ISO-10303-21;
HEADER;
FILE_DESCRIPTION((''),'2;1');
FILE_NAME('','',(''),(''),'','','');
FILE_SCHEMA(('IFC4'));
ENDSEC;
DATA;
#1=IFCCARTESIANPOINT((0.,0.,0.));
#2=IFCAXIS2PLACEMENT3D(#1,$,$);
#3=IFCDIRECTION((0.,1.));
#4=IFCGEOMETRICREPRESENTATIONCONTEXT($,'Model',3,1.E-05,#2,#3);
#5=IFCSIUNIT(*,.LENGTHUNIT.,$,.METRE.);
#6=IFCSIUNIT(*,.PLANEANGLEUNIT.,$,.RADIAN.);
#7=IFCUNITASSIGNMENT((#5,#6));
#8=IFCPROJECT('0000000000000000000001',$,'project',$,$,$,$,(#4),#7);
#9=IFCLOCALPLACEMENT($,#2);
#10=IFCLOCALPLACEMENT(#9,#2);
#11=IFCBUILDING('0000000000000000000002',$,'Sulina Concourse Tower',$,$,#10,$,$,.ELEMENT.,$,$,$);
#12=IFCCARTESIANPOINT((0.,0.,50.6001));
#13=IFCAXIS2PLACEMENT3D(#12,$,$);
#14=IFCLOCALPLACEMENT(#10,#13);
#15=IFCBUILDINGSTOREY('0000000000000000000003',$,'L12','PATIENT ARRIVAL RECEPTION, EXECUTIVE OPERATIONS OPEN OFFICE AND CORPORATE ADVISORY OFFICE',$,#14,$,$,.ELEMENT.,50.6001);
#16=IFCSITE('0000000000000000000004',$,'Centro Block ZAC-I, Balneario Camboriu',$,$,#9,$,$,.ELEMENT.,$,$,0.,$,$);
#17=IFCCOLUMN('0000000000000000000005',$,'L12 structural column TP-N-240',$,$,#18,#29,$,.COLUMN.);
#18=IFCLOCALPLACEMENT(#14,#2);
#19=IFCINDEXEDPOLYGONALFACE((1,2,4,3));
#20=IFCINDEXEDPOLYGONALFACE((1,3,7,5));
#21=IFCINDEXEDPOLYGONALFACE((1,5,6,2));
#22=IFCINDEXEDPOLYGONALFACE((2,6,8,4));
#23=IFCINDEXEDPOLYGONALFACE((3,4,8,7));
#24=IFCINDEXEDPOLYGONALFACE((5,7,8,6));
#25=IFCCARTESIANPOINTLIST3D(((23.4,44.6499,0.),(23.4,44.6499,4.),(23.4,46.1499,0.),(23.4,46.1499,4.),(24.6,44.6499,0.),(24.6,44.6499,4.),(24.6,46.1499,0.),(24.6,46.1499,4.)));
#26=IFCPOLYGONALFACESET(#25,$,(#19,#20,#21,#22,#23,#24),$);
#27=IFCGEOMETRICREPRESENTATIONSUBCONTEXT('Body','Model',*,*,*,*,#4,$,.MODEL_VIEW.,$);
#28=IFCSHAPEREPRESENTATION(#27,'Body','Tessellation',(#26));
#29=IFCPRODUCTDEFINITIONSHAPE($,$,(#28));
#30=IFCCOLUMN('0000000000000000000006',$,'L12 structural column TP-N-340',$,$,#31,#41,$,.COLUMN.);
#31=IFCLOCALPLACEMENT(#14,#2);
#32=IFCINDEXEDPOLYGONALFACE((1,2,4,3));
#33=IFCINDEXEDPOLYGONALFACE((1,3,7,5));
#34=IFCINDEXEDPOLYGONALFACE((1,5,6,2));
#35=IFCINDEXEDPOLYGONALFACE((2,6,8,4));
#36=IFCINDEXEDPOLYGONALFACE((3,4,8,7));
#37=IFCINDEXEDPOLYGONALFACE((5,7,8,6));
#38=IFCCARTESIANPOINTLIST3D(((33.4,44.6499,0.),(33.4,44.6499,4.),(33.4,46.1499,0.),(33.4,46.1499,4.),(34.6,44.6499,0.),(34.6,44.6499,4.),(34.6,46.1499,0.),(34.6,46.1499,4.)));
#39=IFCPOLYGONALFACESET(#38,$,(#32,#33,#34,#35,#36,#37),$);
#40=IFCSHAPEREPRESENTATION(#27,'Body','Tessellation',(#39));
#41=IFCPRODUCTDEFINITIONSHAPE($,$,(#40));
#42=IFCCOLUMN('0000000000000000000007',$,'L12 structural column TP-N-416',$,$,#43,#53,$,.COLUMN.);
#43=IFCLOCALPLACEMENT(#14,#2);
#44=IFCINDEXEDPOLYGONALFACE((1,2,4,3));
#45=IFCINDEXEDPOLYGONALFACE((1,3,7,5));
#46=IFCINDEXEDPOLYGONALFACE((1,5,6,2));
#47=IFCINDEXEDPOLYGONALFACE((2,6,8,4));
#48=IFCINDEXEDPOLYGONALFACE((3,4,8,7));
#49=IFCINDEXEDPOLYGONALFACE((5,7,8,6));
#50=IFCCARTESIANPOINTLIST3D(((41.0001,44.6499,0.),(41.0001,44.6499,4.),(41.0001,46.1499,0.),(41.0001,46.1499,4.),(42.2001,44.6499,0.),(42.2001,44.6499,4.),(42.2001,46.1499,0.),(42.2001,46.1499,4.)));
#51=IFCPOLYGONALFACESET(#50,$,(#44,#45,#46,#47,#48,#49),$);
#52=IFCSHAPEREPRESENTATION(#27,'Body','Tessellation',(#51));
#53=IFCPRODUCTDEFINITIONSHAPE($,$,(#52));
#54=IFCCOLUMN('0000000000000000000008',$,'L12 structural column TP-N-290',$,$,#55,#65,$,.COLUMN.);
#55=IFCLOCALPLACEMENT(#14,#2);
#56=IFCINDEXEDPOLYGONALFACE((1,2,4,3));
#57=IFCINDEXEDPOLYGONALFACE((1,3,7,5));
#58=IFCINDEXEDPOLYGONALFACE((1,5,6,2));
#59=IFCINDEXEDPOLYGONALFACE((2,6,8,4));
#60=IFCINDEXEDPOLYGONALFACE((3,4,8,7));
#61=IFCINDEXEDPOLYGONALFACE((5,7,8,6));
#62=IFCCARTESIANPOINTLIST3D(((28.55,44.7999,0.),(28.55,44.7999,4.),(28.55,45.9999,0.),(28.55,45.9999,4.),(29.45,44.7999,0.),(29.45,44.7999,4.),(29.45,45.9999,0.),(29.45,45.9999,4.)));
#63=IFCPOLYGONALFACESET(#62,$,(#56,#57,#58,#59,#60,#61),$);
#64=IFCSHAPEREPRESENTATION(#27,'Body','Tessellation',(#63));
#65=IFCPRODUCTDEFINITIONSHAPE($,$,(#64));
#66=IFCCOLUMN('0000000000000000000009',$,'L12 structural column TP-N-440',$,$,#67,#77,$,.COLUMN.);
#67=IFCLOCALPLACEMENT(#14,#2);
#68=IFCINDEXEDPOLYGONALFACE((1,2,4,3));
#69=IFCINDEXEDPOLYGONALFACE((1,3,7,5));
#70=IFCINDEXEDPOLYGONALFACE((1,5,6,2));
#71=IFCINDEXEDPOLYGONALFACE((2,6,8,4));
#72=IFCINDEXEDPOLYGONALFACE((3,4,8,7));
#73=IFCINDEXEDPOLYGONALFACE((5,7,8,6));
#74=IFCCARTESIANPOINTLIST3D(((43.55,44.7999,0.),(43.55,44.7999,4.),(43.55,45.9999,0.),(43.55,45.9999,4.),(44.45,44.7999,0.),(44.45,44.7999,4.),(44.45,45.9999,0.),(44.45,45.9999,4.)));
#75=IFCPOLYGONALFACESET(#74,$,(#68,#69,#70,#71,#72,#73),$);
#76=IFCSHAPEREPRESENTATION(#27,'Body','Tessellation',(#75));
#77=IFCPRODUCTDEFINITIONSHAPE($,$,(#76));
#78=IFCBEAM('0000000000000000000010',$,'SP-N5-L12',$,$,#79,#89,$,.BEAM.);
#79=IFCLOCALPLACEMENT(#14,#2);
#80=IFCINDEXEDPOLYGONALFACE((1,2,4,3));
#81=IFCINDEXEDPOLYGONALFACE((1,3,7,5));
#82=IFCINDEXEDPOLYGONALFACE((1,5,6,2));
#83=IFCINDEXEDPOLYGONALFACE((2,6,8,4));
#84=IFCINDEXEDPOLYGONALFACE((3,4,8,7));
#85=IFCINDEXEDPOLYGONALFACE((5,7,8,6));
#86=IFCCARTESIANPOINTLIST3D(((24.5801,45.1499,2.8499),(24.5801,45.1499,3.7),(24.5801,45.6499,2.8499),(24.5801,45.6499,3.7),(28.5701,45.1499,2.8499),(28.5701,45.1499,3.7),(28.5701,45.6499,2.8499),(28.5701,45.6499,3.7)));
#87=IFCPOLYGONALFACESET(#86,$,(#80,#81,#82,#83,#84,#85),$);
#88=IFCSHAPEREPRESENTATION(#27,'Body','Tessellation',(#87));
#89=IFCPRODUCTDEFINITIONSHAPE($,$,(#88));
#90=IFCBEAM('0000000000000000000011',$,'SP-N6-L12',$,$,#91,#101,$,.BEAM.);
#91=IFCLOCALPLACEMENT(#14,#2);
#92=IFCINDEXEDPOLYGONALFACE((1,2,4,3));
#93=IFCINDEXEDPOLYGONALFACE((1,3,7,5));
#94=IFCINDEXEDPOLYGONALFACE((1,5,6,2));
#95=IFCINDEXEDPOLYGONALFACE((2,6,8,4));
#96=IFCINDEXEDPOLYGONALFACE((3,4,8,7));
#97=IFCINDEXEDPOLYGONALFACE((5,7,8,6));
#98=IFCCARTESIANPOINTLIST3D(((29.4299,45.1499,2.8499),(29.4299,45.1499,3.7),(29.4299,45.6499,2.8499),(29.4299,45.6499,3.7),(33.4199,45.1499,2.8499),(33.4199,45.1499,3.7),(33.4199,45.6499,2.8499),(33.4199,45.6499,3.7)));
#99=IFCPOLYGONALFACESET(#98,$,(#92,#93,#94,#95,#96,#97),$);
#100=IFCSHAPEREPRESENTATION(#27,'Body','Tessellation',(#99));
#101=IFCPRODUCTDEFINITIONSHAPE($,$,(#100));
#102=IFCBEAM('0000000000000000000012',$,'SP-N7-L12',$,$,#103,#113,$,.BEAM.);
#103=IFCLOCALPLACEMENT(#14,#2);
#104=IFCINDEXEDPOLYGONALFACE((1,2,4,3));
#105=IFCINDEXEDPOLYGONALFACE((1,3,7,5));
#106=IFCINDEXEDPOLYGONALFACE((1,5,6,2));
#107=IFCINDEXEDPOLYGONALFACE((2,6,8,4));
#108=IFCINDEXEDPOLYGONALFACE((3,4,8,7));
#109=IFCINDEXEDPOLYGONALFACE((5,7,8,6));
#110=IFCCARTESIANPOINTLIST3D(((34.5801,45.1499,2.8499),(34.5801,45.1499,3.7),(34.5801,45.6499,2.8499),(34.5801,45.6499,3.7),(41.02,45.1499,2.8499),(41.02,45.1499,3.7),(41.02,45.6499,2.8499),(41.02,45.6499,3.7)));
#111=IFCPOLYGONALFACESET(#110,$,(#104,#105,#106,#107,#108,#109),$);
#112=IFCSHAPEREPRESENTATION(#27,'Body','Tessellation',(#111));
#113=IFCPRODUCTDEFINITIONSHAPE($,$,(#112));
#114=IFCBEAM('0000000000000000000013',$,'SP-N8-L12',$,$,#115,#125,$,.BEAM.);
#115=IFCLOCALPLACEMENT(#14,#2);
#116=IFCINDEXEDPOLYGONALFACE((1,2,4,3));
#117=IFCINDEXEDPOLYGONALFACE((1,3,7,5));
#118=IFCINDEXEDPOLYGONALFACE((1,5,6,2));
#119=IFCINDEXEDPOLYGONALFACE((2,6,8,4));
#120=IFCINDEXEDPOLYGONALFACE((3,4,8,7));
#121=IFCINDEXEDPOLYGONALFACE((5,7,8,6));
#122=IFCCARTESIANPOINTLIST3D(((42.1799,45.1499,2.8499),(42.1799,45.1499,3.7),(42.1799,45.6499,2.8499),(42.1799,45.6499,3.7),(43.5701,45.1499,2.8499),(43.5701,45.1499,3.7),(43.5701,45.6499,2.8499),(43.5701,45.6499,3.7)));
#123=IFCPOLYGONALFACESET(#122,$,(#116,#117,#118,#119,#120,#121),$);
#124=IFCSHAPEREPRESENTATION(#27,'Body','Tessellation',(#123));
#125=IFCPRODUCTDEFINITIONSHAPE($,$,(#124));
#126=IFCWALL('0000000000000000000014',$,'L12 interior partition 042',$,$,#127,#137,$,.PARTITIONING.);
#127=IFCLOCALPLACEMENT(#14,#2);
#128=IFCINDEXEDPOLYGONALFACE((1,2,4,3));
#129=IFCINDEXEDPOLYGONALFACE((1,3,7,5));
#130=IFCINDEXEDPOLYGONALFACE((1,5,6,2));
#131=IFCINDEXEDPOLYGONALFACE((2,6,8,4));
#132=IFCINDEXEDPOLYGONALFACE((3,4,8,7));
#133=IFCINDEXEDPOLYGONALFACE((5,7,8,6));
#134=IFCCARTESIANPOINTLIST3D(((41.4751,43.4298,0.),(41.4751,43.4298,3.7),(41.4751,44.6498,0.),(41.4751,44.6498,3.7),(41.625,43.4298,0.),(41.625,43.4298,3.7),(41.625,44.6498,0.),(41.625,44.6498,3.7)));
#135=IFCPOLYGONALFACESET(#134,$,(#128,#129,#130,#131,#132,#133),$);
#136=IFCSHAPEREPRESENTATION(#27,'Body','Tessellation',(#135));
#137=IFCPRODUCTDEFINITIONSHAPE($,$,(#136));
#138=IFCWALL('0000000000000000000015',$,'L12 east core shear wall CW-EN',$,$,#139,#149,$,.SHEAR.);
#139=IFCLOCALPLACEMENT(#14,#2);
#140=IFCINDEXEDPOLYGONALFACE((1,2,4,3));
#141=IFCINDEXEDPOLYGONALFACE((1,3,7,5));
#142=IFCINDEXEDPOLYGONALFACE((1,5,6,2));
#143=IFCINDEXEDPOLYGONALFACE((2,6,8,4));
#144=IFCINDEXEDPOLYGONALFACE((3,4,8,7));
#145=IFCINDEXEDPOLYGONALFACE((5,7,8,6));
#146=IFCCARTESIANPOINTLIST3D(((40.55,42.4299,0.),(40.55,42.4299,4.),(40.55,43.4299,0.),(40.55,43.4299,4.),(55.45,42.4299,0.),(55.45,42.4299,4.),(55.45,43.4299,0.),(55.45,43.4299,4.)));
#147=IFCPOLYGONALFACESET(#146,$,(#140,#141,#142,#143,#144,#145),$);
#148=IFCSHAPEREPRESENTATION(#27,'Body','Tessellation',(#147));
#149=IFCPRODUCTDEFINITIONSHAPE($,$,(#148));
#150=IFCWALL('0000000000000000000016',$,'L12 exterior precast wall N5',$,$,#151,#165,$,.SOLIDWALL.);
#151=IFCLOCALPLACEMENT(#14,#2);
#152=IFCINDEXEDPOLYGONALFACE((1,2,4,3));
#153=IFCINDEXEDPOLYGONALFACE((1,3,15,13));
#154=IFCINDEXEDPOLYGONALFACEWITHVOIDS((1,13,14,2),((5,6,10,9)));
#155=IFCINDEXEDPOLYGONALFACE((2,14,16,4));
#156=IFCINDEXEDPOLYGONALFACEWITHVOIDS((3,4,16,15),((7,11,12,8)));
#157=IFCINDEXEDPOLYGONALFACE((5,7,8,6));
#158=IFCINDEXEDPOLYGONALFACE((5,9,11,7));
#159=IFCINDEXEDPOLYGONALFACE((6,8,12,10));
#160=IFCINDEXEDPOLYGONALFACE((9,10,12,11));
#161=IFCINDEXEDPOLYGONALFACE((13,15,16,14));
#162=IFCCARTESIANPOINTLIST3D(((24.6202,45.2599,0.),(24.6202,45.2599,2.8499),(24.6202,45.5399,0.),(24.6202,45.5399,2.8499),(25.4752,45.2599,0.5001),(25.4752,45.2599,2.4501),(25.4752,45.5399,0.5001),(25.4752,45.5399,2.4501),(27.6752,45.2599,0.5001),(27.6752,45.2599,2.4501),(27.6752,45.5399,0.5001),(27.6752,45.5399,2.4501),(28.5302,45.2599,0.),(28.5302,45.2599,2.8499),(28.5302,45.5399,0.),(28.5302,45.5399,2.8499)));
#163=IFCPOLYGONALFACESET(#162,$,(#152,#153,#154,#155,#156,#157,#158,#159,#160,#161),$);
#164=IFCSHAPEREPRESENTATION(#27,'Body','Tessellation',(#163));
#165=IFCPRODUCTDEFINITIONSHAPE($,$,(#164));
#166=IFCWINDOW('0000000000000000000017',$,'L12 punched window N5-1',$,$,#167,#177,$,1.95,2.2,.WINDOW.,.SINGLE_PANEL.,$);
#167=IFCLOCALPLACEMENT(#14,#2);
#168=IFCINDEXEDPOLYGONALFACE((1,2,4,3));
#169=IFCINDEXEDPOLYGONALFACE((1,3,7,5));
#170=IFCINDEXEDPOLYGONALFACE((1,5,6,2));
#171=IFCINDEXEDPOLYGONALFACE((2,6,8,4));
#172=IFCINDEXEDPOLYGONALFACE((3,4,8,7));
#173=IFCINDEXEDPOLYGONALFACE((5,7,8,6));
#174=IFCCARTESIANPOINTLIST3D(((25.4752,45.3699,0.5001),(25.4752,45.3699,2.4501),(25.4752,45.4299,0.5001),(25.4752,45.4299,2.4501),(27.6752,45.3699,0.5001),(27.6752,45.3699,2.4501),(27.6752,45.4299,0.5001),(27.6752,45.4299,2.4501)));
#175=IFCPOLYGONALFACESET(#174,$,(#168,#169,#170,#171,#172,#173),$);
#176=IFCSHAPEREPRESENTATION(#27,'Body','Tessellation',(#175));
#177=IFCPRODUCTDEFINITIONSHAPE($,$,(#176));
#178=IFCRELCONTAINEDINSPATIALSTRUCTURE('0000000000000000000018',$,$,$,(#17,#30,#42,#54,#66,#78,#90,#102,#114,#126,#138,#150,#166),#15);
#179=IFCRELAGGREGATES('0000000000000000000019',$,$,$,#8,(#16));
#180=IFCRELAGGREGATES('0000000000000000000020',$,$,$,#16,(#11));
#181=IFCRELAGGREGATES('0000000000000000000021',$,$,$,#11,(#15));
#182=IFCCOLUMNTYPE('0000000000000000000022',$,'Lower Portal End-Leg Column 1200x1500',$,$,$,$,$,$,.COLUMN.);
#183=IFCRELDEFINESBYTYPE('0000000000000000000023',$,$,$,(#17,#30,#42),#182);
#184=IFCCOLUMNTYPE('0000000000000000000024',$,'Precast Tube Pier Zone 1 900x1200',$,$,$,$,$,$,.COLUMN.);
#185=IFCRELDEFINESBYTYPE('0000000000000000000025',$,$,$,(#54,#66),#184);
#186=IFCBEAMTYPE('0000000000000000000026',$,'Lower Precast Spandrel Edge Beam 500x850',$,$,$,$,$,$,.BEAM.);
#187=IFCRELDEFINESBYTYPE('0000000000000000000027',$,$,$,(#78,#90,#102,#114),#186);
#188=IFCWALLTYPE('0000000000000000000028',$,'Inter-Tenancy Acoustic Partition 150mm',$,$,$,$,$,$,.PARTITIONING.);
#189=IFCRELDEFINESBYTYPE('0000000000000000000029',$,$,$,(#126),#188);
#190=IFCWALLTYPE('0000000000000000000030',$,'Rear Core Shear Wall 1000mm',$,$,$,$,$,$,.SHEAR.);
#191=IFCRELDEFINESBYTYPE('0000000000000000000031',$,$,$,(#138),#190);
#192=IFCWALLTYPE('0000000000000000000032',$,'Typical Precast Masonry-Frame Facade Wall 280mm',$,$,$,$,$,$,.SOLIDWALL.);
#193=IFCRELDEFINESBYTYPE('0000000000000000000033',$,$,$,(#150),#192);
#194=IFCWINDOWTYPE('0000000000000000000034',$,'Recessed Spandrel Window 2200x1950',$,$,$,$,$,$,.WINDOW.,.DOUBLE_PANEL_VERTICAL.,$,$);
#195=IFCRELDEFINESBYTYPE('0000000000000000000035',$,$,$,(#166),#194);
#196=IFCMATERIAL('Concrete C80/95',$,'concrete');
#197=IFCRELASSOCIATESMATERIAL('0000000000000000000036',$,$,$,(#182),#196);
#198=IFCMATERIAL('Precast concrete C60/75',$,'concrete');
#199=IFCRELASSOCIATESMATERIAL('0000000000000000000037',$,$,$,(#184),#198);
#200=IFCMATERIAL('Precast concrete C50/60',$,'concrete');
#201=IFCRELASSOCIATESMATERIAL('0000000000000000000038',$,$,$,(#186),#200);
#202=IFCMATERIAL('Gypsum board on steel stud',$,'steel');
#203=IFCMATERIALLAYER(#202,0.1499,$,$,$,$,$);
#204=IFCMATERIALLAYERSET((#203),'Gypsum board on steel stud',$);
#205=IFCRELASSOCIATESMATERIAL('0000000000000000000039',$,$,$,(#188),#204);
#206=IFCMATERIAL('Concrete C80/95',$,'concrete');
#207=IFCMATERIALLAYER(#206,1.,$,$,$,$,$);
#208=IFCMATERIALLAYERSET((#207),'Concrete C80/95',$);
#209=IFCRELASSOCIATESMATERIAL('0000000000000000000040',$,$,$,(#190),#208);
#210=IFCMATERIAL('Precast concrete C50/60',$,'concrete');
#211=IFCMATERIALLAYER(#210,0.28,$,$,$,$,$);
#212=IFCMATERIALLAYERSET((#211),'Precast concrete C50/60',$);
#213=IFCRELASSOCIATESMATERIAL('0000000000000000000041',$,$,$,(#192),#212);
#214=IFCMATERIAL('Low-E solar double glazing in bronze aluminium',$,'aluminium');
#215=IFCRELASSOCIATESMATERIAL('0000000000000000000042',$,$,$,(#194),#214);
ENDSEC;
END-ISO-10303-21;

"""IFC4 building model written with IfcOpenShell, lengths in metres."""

from ifc_helpers import new_model, si_unit, direction, frame, frame_2d, origin, origin_2d, place, context, subcontext, project, spatial, rectangle, extrude, material, layer, layer_set, material_profile, profile_set, type_object, element, fill, save


model = new_model("IFC4")

# Units and contexts
model_context = context("Model", 3, precision=1e-05, world=origin(), true_north=direction((0.0, 1.0)))
body_context = subcontext(model_context, "Body", "Model", "MODEL_VIEW")
ifc_project = project(units=[si_unit("LENGTHUNIT", "METRE"), si_unit("PLANEANGLEUNIT", "RADIAN")], contexts=[model_context])

# Site, building, storey
site_placement = place(None, origin())
site = spatial("IfcSite", under=ifc_project, at=site_placement, Name="Centro Block ZAC-I, Balneario Camboriu", CompositionType="ELEMENT", RefElevation=0.0)
building_placement = place(site_placement, origin())
building = spatial("IfcBuilding", under=site, at=building_placement, Name="Sulina Concourse Tower", CompositionType="ELEMENT")
storey_placement = place(building_placement, frame((0.0, 0.0, 50.6001)))
storey = spatial("IfcBuildingStorey", under=building, at=storey_placement, Name="L12", Description="PATIENT ARRIVAL RECEPTION, EXECUTIVE OPERATIONS OPEN OFFICE AND CORPORATE ADVISORY OFFICE", CompositionType="ELEMENT", Elevation=50.6001)

# Columns
ifc_material_1 = material(Name="Concrete C80/95", Category="concrete")
ifc_material_profile_1 = material_profile(ifc_material_1, rectangle(XDim=1.2, YDim=1.5, at=origin_2d()), Name="RC 1200x1500")
ifc_profile_set_1 = profile_set([ifc_material_profile_1], Name="Concrete C80/95")
column_type_1 = type_object("IfcColumnType", Name="Lower Portal End-Leg Column 1200x1500", PredefinedType="COLUMN", material=ifc_profile_set_1)
for number, where, z_axis, x_axis, name in (
    (1, (24.0, 45.3999, 0.0), (0.0, 0.0, 1.0), (1.0, 0.0, 0.0), "L12 structural column TP-N-240"),
    (2, (34.0, 45.3999, 0.0), (0.0, 0.0, 1.0), (1.0, 0.0, 0.0), "L12 structural column TP-N-340"),
    (3, (41.6001, 45.3999, 0.0), (0.0, 0.0, 1.0), (1.0, 0.0, 0.0), "L12 structural column TP-N-416"),
):
    element("IfcColumn", number, at=place(storey_placement, frame(where, z_axis=z_axis, x_axis=x_axis)), inside=storey, type_object=column_type_1, Name=name, PredefinedType="COLUMN", context=body_context, shape_type="SweptSolid", body=[
        extrude(rectangle(XDim=1.2, YDim=1.5, at=origin_2d()), origin(), (0.0, 0.0, 1.0), 4.0),
    ])
ifc_material_2 = material(Name="Precast concrete C60/75", Category="concrete")
ifc_material_profile_2 = material_profile(ifc_material_2, rectangle(XDim=0.8999, YDim=1.2, at=origin_2d()), Name="PC 900x1200")
ifc_profile_set_2 = profile_set([ifc_material_profile_2], Name="Precast concrete C60/75")
column_type_2 = type_object("IfcColumnType", Name="Precast Tube Pier Zone 1 900x1200", PredefinedType="COLUMN", material=ifc_profile_set_2)
for number, where, z_axis, x_axis, name in (
    (4, (29.0, 45.3999, 0.0), (0.0, 0.0, 1.0), (1.0, 0.0, 0.0), "L12 structural column TP-N-290"),
    (5, (44.0, 45.3999, 0.0), (0.0, 0.0, 1.0), (1.0, 0.0, 0.0), "L12 structural column TP-N-440"),
):
    element("IfcColumn", number, at=place(storey_placement, frame(where, z_axis=z_axis, x_axis=x_axis)), inside=storey, type_object=column_type_2, Name=name, PredefinedType="COLUMN", context=body_context, shape_type="SweptSolid", body=[
        extrude(rectangle(XDim=0.8999, YDim=1.2, at=origin_2d()), origin(), (0.0, 0.0, 1.0), 4.0),
    ])

# Beams
ifc_material_3 = material(Name="Precast concrete C50/60", Category="concrete")
ifc_material_profile_3 = material_profile(ifc_material_3, rectangle(XDim=0.5, YDim=0.8501, at=origin_2d()), Name="RC 500x850")
ifc_profile_set_3 = profile_set([ifc_material_profile_3], Name="Precast concrete C50/60")
beam_type = type_object("IfcBeamType", Name="Lower Precast Spandrel Edge Beam 500x850", PredefinedType="BEAM", material=ifc_profile_set_3)
for number, where, z_axis, x_axis, name in (
    (6, (24.5801, 45.3999, 3.2749), (1.0, 0.0, 0.0), (0.0, 1.0, 0.0), "SP-N5-L12"),
    (7, (29.4299, 45.3999, 3.2749), (1.0, 0.0, 0.0), (0.0, 1.0, 0.0), "SP-N6-L12"),
):
    element("IfcBeam", number, at=place(storey_placement, frame(where, z_axis=z_axis, x_axis=x_axis)), inside=storey, type_object=beam_type, Name=name, PredefinedType="BEAM", context=body_context, shape_type="SweptSolid", body=[
        extrude(rectangle(XDim=0.5, YDim=0.8501, at=origin_2d()), origin(), (0.0, 0.0, 1.0), 3.99),
    ])
beam_1_placement = place(storey_placement, frame((34.5801, 45.3999, 3.2749), z_axis=(1.0, 0.0, 0.0), x_axis=(0.0, 1.0, 0.0)))
element("IfcBeam", 8, at=beam_1_placement, inside=storey, type_object=beam_type, Name="SP-N7-L12", PredefinedType="BEAM", context=body_context, shape_type="SweptSolid", body=[
    extrude(rectangle(XDim=0.5, YDim=0.8501, at=origin_2d()), origin(), (0.0, 0.0, 1.0), 6.4399),
])
beam_2_placement = place(storey_placement, frame((42.1799, 45.3999, 3.2749), z_axis=(1.0, 0.0, 0.0), x_axis=(0.0, 1.0, 0.0)))
element("IfcBeam", 9, at=beam_2_placement, inside=storey, type_object=beam_type, Name="SP-N8-L12", PredefinedType="BEAM", context=body_context, shape_type="SweptSolid", body=[
    extrude(rectangle(XDim=0.5, YDim=0.8501, at=origin_2d()), origin(), (0.0, 0.0, 1.0), 1.3901),
])

# Walls
ifc_material_4 = material(Name="Gypsum board on steel stud", Category="steel")
ifc_layer_1 = layer(ifc_material_4, 0.1499)
ifc_layer_set_1 = layer_set([ifc_layer_1], Name="Gypsum board on steel stud")
wall_type_1 = type_object("IfcWallType", Name="Inter-Tenancy Acoustic Partition 150mm", PredefinedType="PARTITIONING", material=ifc_layer_set_1)
wall_1_placement = place(storey_placement, frame((41.55, 43.4299, 0.0), z_axis=(0.0, 0.0, 1.0), x_axis=(0.0, 1.0, 0.0)))
element("IfcWall", 10, at=wall_1_placement, inside=storey, type_object=wall_type_1, Name="L12 interior partition 042", PredefinedType="PARTITIONING", context=body_context, shape_type="SweptSolid", body=[
    extrude(rectangle(XDim=1.22, YDim=0.1499, at=frame_2d((0.6099, 0.0))), origin(), (0.0, 0.0, 1.0), 3.7),
])
ifc_material_5 = material(Name="Concrete C80/95", Category="concrete")
ifc_layer_2 = layer(ifc_material_5, 1.0)
ifc_layer_set_2 = layer_set([ifc_layer_2], Name="Concrete C80/95")
wall_type_2 = type_object("IfcWallType", Name="Rear Core Shear Wall 1000mm", PredefinedType="SHEAR", material=ifc_layer_set_2)
wall_2_placement = place(storey_placement, frame((40.55, 42.9299, 0.0), z_axis=(0.0, 0.0, 1.0), x_axis=(1.0, 0.0, 0.0)))
element("IfcWall", 11, at=wall_2_placement, inside=storey, type_object=wall_type_2, Name="L12 east core shear wall CW-EN", PredefinedType="SHEAR", context=body_context, shape_type="SweptSolid", body=[
    extrude(rectangle(XDim=14.8999, YDim=1.0, at=frame_2d((7.45, 0.0))), origin(), (0.0, 0.0, 1.0), 4.0),
])

# Wall, opening, window
ifc_material_6 = material(Name="Precast concrete C50/60", Category="concrete")
ifc_layer_3 = layer(ifc_material_6, 0.28)
ifc_layer_set_3 = layer_set([ifc_layer_3], Name="Precast concrete C50/60")
wall_type_3 = type_object("IfcWallType", Name="Typical Precast Masonry-Frame Facade Wall 280mm", PredefinedType="SOLIDWALL", material=ifc_layer_set_3)
wall_3_placement = place(storey_placement, frame((24.6201, 45.3999, 0.0), z_axis=(0.0, 0.0, 1.0), x_axis=(1.0, 0.0, 0.0)))
wall_3 = element("IfcWall", 12, at=wall_3_placement, inside=storey, type_object=wall_type_3, Name="L12 exterior precast wall N5", PredefinedType="SOLIDWALL", context=body_context, shape_type="SweptSolid", body=[
    extrude(rectangle(XDim=3.9099, YDim=0.28, at=frame_2d((1.9551, 0.0))), origin(), (0.0, 0.0, 1.0), 2.8499),
])
opening_1_placement = place(wall_3_placement, frame((0.855, 0.0, 0.5)))
opening_1 = element("IfcOpeningElement", 13, at=opening_1_placement, cuts=wall_3, PredefinedType="OPENING", context=body_context, shape_type="SweptSolid", body=[
    extrude(rectangle(XDim=2.2, YDim=1.95, at=frame_2d((1.1001, 0.9751))), frame((0.0, 0.1499, 0.0), z_axis=(0.0, -1.0, 0.0), x_axis=(1.0, 0.0, 0.0)), (0.0, 0.0, 1.0), 0.3),
])
ifc_material_7 = material(Name="Low-E solar double glazing in bronze aluminium", Category="aluminium")
window_type = type_object("IfcWindowType", Name="Recessed Spandrel Window 2200x1950", PartitioningType="DOUBLE_PANEL_VERTICAL", PredefinedType="WINDOW", material=ifc_material_7)
window_1_placement = place(opening_1_placement, origin())
window_1 = element("IfcWindow", 14, at=window_1_placement, inside=storey, type_object=window_type, Name="L12 punched window N5-1", OverallHeight=1.95, OverallWidth=2.2, PartitioningType="SINGLE_PANEL", PredefinedType="WINDOW", context=body_context, shape_type="SweptSolid", body=[
    extrude(rectangle(XDim=2.2, YDim=1.95, at=frame_2d((1.1001, 0.9751))), frame((0.0, 0.03, 0.0), z_axis=(0.0, -1.0, 0.0), x_axis=(1.0, 0.0, 0.0)), (0.0, 0.0, 1.0), 0.0601),
])
fill(opening_1, window_1)

save(model, "model.ifc")
